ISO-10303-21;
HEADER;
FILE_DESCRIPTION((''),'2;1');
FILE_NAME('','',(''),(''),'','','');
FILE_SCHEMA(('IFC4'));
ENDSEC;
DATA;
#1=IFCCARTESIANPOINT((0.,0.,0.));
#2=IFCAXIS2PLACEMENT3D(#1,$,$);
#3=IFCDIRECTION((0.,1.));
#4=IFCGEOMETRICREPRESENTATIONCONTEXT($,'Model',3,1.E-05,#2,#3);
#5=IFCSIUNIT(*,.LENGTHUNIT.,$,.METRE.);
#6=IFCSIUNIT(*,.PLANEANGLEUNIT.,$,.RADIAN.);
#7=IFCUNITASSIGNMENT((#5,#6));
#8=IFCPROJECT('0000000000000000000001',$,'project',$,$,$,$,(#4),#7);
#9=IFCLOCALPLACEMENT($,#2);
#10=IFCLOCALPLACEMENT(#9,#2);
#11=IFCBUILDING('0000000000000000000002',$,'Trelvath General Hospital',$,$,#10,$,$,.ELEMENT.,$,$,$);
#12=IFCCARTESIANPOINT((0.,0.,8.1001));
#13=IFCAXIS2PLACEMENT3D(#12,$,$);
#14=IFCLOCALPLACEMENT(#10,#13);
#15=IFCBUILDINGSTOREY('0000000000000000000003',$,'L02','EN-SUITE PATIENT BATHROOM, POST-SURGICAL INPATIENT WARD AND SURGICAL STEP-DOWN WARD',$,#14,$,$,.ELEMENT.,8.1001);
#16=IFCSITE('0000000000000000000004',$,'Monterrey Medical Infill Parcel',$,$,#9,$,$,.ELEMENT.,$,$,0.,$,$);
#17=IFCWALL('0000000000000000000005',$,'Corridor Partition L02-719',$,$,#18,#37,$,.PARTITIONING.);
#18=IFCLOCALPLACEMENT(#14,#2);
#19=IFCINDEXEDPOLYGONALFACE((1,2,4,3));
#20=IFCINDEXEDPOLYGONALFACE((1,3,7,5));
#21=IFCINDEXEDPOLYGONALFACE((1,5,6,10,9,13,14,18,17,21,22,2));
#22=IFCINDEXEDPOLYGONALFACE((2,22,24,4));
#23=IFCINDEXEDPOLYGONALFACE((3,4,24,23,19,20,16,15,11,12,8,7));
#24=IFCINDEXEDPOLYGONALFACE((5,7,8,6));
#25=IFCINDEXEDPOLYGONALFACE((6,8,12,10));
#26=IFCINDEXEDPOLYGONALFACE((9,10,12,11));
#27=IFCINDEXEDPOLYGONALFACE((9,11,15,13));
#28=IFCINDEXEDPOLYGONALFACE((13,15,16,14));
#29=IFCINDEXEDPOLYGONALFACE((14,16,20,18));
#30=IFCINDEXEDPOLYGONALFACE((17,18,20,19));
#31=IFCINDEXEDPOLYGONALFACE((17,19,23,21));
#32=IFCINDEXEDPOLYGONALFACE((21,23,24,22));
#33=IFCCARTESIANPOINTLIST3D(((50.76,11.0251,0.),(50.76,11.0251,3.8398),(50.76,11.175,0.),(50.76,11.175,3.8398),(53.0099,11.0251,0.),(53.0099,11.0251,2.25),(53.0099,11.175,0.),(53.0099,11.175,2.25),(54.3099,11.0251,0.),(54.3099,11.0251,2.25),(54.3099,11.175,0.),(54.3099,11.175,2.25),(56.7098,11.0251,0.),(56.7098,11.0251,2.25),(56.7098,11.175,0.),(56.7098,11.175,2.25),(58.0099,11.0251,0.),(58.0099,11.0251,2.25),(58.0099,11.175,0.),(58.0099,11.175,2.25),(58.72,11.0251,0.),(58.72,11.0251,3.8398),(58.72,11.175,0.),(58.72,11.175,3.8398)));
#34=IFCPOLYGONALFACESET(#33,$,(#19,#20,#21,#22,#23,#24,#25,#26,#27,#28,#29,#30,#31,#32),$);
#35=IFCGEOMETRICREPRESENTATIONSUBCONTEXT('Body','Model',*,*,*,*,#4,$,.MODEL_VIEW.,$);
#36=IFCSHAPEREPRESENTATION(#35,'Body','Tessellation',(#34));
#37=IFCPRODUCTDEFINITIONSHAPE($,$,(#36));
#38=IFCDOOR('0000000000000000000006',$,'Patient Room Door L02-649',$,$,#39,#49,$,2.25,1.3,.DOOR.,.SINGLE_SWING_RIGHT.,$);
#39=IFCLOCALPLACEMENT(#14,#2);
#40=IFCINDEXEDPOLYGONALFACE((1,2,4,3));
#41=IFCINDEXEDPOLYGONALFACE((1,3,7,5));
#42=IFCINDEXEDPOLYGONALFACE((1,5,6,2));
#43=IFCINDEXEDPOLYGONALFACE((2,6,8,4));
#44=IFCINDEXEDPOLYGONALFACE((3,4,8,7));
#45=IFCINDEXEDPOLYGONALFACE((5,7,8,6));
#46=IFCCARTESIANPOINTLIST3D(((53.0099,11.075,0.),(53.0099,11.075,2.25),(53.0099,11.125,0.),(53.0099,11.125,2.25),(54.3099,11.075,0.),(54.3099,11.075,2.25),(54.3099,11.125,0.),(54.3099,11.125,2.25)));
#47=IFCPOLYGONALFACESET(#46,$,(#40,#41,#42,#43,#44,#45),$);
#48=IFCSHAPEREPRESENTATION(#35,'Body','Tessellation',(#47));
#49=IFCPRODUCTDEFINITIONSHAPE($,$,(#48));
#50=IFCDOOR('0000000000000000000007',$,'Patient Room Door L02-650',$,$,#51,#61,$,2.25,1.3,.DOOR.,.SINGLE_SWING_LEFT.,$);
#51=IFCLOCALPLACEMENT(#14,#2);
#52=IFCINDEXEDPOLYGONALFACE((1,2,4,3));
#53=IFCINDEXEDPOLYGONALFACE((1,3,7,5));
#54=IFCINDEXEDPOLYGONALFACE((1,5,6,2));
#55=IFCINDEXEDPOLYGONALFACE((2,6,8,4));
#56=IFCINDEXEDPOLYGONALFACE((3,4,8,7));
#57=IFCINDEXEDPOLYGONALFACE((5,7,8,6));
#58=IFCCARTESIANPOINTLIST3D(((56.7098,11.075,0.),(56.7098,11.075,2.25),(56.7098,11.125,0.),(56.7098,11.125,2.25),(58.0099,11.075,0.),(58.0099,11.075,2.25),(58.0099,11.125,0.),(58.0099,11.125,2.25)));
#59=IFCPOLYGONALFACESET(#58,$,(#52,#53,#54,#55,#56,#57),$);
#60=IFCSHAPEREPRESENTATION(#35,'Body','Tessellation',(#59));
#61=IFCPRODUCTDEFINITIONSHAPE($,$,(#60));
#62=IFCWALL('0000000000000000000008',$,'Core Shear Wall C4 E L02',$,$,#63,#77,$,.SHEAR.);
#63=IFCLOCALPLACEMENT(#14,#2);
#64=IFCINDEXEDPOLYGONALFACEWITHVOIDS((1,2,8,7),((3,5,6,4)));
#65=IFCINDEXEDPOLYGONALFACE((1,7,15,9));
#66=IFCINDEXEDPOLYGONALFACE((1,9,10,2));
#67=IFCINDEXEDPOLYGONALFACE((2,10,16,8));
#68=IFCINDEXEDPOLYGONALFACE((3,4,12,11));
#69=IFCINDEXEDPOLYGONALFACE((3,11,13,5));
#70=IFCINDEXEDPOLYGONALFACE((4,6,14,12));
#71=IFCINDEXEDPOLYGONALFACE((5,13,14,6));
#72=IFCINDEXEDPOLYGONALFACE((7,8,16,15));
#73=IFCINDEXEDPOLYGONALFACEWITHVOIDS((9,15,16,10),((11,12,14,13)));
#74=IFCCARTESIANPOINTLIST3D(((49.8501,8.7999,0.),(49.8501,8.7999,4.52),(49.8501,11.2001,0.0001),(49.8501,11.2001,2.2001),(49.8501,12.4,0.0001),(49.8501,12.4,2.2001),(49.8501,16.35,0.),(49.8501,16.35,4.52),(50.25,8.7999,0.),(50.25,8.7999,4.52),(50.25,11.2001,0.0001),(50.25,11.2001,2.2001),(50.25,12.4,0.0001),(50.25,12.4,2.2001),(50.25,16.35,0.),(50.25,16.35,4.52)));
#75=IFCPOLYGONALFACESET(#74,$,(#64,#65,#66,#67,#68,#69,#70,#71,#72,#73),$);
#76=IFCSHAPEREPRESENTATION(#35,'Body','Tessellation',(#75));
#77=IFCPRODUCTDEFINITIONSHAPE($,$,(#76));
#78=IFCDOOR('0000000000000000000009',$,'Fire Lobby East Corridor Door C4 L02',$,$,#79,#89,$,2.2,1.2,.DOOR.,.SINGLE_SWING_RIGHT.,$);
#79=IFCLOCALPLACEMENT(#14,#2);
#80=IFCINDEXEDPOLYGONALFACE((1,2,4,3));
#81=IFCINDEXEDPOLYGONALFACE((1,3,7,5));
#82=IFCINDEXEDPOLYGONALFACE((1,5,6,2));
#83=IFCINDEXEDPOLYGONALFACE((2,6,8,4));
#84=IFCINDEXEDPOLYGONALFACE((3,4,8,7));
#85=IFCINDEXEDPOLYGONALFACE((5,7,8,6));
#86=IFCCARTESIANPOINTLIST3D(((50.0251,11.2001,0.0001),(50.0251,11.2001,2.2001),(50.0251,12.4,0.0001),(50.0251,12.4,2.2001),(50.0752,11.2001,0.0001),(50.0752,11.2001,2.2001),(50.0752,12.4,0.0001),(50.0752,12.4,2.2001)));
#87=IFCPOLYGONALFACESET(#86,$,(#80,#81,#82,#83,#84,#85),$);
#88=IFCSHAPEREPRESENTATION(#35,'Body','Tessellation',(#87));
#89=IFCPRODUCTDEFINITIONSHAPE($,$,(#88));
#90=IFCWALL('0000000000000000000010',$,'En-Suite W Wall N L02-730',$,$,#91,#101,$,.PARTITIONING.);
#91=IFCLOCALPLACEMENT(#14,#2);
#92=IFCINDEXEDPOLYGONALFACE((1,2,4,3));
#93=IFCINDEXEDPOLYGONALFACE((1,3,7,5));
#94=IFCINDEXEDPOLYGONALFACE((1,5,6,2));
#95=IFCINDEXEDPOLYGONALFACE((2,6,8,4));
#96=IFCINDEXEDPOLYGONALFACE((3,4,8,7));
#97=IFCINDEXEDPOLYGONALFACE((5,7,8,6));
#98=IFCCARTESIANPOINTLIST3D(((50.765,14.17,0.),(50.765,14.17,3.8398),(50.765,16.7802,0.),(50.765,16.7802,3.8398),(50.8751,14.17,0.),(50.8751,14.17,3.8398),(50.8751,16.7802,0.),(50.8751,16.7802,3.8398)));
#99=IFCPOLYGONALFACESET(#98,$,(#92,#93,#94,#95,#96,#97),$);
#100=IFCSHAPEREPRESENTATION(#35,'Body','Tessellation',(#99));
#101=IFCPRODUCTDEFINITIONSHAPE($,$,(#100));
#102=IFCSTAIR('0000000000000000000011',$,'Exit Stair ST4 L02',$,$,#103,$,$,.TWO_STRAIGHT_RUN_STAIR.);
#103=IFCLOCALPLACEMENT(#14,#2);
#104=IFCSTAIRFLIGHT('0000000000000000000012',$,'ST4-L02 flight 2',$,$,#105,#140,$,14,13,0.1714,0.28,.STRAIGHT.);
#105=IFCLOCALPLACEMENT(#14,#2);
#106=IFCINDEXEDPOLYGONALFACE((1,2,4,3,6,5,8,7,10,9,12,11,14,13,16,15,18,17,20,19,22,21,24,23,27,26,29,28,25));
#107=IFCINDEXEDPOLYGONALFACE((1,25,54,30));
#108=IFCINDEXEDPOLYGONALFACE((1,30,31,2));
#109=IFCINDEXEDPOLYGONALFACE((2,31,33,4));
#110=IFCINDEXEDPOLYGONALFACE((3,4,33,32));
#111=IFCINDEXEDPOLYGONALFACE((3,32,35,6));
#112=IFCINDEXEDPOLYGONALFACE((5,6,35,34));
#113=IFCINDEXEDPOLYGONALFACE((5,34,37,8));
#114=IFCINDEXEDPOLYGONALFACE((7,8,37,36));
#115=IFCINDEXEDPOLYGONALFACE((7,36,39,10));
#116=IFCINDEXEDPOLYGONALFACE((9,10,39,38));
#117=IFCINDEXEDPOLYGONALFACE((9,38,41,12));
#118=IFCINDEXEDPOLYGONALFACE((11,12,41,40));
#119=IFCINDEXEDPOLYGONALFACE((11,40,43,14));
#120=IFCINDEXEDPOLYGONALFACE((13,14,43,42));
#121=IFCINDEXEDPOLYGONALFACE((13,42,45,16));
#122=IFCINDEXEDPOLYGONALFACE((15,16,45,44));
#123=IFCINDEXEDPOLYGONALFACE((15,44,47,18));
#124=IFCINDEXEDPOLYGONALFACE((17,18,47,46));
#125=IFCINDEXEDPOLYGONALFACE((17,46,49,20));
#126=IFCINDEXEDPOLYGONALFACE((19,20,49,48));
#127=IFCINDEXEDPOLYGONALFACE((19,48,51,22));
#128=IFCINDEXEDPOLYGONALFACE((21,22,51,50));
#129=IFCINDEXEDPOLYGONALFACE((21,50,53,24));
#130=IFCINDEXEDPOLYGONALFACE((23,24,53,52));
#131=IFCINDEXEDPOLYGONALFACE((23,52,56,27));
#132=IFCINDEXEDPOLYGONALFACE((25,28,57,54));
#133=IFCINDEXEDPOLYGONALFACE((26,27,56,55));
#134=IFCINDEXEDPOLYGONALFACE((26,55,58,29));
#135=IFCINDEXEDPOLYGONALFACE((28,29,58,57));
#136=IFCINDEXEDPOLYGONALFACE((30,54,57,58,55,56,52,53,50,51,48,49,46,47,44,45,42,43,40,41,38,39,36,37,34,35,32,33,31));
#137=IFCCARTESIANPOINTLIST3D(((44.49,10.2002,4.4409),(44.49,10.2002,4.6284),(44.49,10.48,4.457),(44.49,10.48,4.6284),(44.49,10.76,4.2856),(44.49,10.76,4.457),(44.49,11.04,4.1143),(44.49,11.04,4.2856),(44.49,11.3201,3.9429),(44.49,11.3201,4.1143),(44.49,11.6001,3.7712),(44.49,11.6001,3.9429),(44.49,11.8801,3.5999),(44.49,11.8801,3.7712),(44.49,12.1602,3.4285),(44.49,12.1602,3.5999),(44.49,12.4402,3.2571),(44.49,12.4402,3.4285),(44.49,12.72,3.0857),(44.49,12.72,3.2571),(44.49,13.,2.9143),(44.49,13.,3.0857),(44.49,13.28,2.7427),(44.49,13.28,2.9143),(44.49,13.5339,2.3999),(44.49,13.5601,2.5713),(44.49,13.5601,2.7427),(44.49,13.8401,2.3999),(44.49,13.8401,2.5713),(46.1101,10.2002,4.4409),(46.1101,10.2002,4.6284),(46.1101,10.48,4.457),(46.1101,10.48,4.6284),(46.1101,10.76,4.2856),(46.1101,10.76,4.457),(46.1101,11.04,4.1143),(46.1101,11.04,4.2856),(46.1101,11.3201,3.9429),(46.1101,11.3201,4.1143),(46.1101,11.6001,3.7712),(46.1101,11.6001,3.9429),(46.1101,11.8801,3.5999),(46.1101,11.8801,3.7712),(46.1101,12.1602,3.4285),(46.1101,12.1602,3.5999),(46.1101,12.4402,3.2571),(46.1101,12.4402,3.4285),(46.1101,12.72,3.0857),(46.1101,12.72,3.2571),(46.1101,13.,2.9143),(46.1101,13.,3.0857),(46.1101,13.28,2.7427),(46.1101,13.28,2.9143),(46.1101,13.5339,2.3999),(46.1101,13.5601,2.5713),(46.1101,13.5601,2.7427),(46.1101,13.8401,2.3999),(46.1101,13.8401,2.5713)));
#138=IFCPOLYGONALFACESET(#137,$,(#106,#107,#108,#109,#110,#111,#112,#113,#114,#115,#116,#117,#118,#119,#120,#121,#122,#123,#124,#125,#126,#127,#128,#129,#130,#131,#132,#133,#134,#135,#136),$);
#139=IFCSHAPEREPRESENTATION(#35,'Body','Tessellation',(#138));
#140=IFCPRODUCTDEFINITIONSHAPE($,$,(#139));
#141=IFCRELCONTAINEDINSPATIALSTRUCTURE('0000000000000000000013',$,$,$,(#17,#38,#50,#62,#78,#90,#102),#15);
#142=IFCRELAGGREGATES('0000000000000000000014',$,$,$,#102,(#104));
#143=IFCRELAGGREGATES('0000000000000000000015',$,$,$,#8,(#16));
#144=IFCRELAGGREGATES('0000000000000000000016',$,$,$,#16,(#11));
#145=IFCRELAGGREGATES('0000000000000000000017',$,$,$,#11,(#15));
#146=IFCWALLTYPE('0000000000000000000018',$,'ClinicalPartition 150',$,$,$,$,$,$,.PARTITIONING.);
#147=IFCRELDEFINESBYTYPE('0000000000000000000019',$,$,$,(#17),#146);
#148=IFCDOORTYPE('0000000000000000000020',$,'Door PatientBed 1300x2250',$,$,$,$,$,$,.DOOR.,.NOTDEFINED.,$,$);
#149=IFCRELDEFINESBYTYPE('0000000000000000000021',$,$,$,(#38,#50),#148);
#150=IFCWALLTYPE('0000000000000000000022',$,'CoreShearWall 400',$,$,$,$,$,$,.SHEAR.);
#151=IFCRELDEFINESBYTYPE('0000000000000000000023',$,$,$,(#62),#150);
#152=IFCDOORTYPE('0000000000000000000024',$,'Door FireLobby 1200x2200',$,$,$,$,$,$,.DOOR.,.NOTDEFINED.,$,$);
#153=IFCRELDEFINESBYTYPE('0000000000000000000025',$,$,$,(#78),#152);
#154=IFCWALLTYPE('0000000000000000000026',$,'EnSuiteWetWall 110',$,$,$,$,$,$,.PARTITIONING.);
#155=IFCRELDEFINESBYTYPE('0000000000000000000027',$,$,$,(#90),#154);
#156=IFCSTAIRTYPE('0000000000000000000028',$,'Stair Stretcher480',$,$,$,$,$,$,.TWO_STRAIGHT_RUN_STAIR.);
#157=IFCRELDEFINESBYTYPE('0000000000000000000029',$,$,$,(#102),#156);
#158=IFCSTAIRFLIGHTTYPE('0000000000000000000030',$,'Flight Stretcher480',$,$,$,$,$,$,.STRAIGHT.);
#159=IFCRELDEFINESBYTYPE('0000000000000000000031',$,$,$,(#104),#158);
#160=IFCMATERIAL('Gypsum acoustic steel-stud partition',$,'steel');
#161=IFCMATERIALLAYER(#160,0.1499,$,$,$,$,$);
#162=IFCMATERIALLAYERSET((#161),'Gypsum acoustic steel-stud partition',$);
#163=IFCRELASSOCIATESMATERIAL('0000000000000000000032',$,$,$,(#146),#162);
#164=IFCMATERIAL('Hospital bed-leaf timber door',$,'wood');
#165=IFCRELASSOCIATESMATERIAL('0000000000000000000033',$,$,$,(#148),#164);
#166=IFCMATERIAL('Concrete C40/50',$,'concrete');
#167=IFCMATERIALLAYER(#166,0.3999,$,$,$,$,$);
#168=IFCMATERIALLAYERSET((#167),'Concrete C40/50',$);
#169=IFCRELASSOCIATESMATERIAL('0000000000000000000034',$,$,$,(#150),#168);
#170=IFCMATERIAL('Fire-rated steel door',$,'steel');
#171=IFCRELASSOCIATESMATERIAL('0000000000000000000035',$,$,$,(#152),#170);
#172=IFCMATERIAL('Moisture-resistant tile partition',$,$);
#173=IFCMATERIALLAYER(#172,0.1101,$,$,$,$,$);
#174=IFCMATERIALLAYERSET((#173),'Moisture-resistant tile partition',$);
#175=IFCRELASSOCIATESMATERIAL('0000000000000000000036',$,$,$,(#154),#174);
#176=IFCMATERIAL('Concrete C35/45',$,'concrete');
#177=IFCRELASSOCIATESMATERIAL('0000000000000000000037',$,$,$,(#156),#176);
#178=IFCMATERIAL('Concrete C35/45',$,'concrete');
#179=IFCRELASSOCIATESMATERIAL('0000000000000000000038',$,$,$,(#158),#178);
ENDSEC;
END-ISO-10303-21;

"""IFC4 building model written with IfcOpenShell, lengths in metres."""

from ifc_helpers import new_model, si_unit, direction, frame, frame_2d, origin, place, context, subcontext, project, spatial, polyline, rectangle, outline, extrude, material, layer, layer_set, type_object, element, fill, aggregate, save


model = new_model("IFC4")

# Units and contexts
model_context = context("Model", 3, precision=1e-05, world=origin(), true_north=direction((0.0, 1.0)))
body_context = subcontext(model_context, "Body", "Model", "MODEL_VIEW")
ifc_project = project(units=[si_unit("LENGTHUNIT", "METRE"), si_unit("PLANEANGLEUNIT", "RADIAN")], contexts=[model_context])

# Site, building, storey
site_placement = place(None, origin())
site = spatial("IfcSite", under=ifc_project, at=site_placement, Name="Monterrey Medical Infill Parcel", CompositionType="ELEMENT", RefElevation=0.0)
building_placement = place(site_placement, origin())
building = spatial("IfcBuilding", under=site, at=building_placement, Name="Trelvath General Hospital", CompositionType="ELEMENT")
storey_placement = place(building_placement, frame((0.0, 0.0, 8.1001)))
storey = spatial("IfcBuildingStorey", under=building, at=storey_placement, Name="L02", Description="EN-SUITE PATIENT BATHROOM, POST-SURGICAL INPATIENT WARD AND SURGICAL STEP-DOWN WARD", CompositionType="ELEMENT", Elevation=8.1001)

# Wall, openings, doors
ifc_material_1 = material(Name="Gypsum acoustic steel-stud partition", Category="steel")
ifc_layer_1 = layer(ifc_material_1, 0.1499)
ifc_layer_set_1 = layer_set([ifc_layer_1], Name="Gypsum acoustic steel-stud partition")
wall_type_1 = type_object("IfcWallType", Name="ClinicalPartition 150", PredefinedType="PARTITIONING", material=ifc_layer_set_1)
wall_1_placement = place(storey_placement, frame((50.76, 11.1001, 0.0), z_axis=(0.0, 0.0, 1.0), x_axis=(1.0, 0.0, 0.0)))
wall_1 = element("IfcWall", 1, at=wall_1_placement, inside=storey, type_object=wall_type_1, Name="Corridor Partition L02-719", PredefinedType="PARTITIONING", context=body_context, shape_type="SweptSolid", body=[
    extrude(rectangle(XDim=7.96, YDim=0.1499, at=frame_2d((3.98, 0.0))), origin(), (0.0, 0.0, 1.0), 3.8398),
])
opening_1_placement = place(wall_1_placement, frame((2.25, 0.0, 0.0)))
opening_1 = element("IfcOpeningElement", 2, at=opening_1_placement, cuts=wall_1, PredefinedType="OPENING", context=body_context, shape_type="SweptSolid", body=[
    extrude(rectangle(XDim=1.3, YDim=2.25, at=frame_2d((0.6499, 1.125))), frame((0.0, 0.085, 0.0), z_axis=(0.0, -1.0, 0.0), x_axis=(1.0, 0.0, 0.0)), (0.0, 0.0, 1.0), 0.1699),
])
opening_2_placement = place(wall_1_placement, frame((5.95, 0.0, 0.0)))
opening_2 = element("IfcOpeningElement", 3, at=opening_2_placement, cuts=wall_1, PredefinedType="OPENING", context=body_context, shape_type="SweptSolid", body=[
    extrude(rectangle(XDim=1.3, YDim=2.25, at=frame_2d((0.6499, 1.125))), frame((0.0, 0.085, 0.0), z_axis=(0.0, -1.0, 0.0), x_axis=(1.0, 0.0, 0.0)), (0.0, 0.0, 1.0), 0.1699),
])
ifc_material_2 = material(Name="Hospital bed-leaf timber door", Category="wood")
door_type_1 = type_object("IfcDoorType", Name="Door PatientBed 1300x2250", OperationType="NOTDEFINED", PredefinedType="DOOR", material=ifc_material_2)
door_1_placement = place(opening_1_placement, origin())
door_1 = element("IfcDoor", 4, at=door_1_placement, inside=storey, type_object=door_type_1, Name="Patient Room Door L02-649", OperationType="SINGLE_SWING_RIGHT", OverallHeight=2.25, OverallWidth=1.3, PredefinedType="DOOR", context=body_context, shape_type="SweptSolid", body=[
    extrude(rectangle(XDim=1.3, YDim=2.25, at=frame_2d((0.6499, 1.125))), frame((0.0, 0.0249, 0.0), z_axis=(0.0, -1.0, 0.0), x_axis=(1.0, 0.0, 0.0)), (0.0, 0.0, 1.0), 0.05),
])
fill(opening_1, door_1)
door_2_placement = place(opening_2_placement, origin())
door_2 = element("IfcDoor", 5, at=door_2_placement, inside=storey, type_object=door_type_1, Name="Patient Room Door L02-650", OperationType="SINGLE_SWING_LEFT", OverallHeight=2.25, OverallWidth=1.3, PredefinedType="DOOR", context=body_context, shape_type="SweptSolid", body=[
    extrude(rectangle(XDim=1.3, YDim=2.25, at=frame_2d((0.6499, 1.125))), frame((0.0, 0.0249, 0.0), z_axis=(0.0, -1.0, 0.0), x_axis=(1.0, 0.0, 0.0)), (0.0, 0.0, 1.0), 0.05),
])
fill(opening_2, door_2)

# Wall, opening, door
ifc_material_3 = material(Name="Concrete C40/50", Category="concrete")
ifc_layer_2 = layer(ifc_material_3, 0.3999)
ifc_layer_set_2 = layer_set([ifc_layer_2], Name="Concrete C40/50")
wall_type_2 = type_object("IfcWallType", Name="CoreShearWall 400", PredefinedType="SHEAR", material=ifc_layer_set_2)
wall_2_placement = place(storey_placement, frame((50.05, 8.8, 0.0), z_axis=(0.0, 0.0, 1.0), x_axis=(0.0, 1.0, 0.0)))
wall_2 = element("IfcWall", 6, at=wall_2_placement, inside=storey, type_object=wall_type_2, Name="Core Shear Wall C4 E L02", PredefinedType="SHEAR", context=body_context, shape_type="SweptSolid", body=[
    extrude(rectangle(XDim=7.55, YDim=0.3999, at=frame_2d((3.7749, 0.0))), origin(), (0.0, 0.0, 1.0), 4.52),
])
opening_3_placement = place(wall_2_placement, frame((2.3999, 0.0, 0.0)))
opening_3 = element("IfcOpeningElement", 7, at=opening_3_placement, cuts=wall_2, PredefinedType="OPENING", context=body_context, shape_type="SweptSolid", body=[
    extrude(rectangle(XDim=1.2, YDim=2.2, at=frame_2d((0.6001, 1.1001))), frame((0.0, 0.21, 0.0), z_axis=(0.0, -1.0, 0.0), x_axis=(1.0, 0.0, 0.0)), (0.0, 0.0, 1.0), 0.4199),
])
ifc_material_4 = material(Name="Fire-rated steel door", Category="steel")
door_type_2 = type_object("IfcDoorType", Name="Door FireLobby 1200x2200", OperationType="NOTDEFINED", PredefinedType="DOOR", material=ifc_material_4)
door_3_placement = place(opening_3_placement, origin())
door_3 = element("IfcDoor", 8, at=door_3_placement, inside=storey, type_object=door_type_2, Name="Fire Lobby East Corridor Door C4 L02", OperationType="SINGLE_SWING_RIGHT", OverallHeight=2.2, OverallWidth=1.2, PredefinedType="DOOR", context=body_context, shape_type="SweptSolid", body=[
    extrude(rectangle(XDim=1.2, YDim=2.2, at=frame_2d((0.6001, 1.1001))), frame((0.0, 0.0249, 0.0), z_axis=(0.0, -1.0, 0.0), x_axis=(1.0, 0.0, 0.0)), (0.0, 0.0, 1.0), 0.05),
])
fill(opening_3, door_3)

# Wall
ifc_material_5 = material(Name="Moisture-resistant tile partition")
ifc_layer_3 = layer(ifc_material_5, 0.1101)
ifc_layer_set_3 = layer_set([ifc_layer_3], Name="Moisture-resistant tile partition")
wall_type_3 = type_object("IfcWallType", Name="EnSuiteWetWall 110", PredefinedType="PARTITIONING", material=ifc_layer_set_3)
wall_3_placement = place(storey_placement, frame((50.8201, 14.1699, 0.0), z_axis=(0.0, 0.0, 1.0), x_axis=(0.0, 1.0, 0.0)))
element("IfcWall", 9, at=wall_3_placement, inside=storey, type_object=wall_type_3, Name="En-Suite W Wall N L02-730", PredefinedType="PARTITIONING", context=body_context, shape_type="SweptSolid", body=[
    extrude(rectangle(XDim=2.6101, YDim=0.1101, at=frame_2d((1.3052, 0.0))), origin(), (0.0, 0.0, 1.0), 3.8398),
])

# Stair, stair flight
ifc_material_6 = material(Name="Concrete C35/45", Category="concrete")
stair_type = type_object("IfcStairType", Name="Stair Stretcher480", PredefinedType="TWO_STRAIGHT_RUN_STAIR", material=ifc_material_6)
stair_placement = place(storey_placement, origin())
stair = element("IfcStair", 10, at=stair_placement, inside=storey, type_object=stair_type, Name="Exit Stair ST4 L02", PredefinedType="TWO_STRAIGHT_RUN_STAIR")
ifc_material_7 = material(Name="Concrete C35/45", Category="concrete")
stair_flight_type = type_object("IfcStairFlightType", Name="Flight Stretcher480", PredefinedType="STRAIGHT", material=ifc_material_7)
stair_flight_placement = place(storey_placement, frame((45.3, 13.8401, 2.3999), z_axis=(0.0, 0.0, 1.0), x_axis=(0.0, -1.0, 0.0)))
stair_flight = element("IfcStairFlight", 11, at=stair_flight_placement, type_object=stair_flight_type, Name="ST4-L02 flight 2", NumberOfRisers=14, NumberOfTreads=13, PredefinedType="STRAIGHT", RiserHeight=0.1714, TreadLength=0.28, context=body_context, shape_type="SweptSolid", body=[
    extrude(outline(polyline([(0.0, 0.0), (0.0, 0.1714), (0.28, 0.1714), (0.28, 0.3428), (0.5601, 0.3428), (0.5601, 0.5144), (0.8401, 0.5144), (0.8401, 0.6858), (1.1201, 0.6858), (1.1201, 0.8572), (1.3999, 0.8572), (1.3999, 1.0286), (1.6799, 1.0286), (1.6799, 1.2), (1.96, 1.2), (1.96, 1.3713), (2.24, 1.3713), (2.24, 1.543), (2.52, 1.543), (2.52, 1.7144), (2.8, 1.7144), (2.8, 1.8857), (3.0801, 1.8857), (3.0801, 2.0571), (3.3601, 2.0571), (3.3601, 2.2285), (3.6399, 2.2285), (3.6399, 2.3999), (3.6399, 2.041), (0.3062, 0.0), (0.0, 0.0)])), frame((0.0, 0.8101, 0.0), z_axis=(0.0, -1.0, 0.0), x_axis=(1.0, 0.0, 0.0)), (0.0, 0.0, 1.0), 1.6201),
])
aggregate(stair, [stair_flight])

save(model, "model.ifc")
